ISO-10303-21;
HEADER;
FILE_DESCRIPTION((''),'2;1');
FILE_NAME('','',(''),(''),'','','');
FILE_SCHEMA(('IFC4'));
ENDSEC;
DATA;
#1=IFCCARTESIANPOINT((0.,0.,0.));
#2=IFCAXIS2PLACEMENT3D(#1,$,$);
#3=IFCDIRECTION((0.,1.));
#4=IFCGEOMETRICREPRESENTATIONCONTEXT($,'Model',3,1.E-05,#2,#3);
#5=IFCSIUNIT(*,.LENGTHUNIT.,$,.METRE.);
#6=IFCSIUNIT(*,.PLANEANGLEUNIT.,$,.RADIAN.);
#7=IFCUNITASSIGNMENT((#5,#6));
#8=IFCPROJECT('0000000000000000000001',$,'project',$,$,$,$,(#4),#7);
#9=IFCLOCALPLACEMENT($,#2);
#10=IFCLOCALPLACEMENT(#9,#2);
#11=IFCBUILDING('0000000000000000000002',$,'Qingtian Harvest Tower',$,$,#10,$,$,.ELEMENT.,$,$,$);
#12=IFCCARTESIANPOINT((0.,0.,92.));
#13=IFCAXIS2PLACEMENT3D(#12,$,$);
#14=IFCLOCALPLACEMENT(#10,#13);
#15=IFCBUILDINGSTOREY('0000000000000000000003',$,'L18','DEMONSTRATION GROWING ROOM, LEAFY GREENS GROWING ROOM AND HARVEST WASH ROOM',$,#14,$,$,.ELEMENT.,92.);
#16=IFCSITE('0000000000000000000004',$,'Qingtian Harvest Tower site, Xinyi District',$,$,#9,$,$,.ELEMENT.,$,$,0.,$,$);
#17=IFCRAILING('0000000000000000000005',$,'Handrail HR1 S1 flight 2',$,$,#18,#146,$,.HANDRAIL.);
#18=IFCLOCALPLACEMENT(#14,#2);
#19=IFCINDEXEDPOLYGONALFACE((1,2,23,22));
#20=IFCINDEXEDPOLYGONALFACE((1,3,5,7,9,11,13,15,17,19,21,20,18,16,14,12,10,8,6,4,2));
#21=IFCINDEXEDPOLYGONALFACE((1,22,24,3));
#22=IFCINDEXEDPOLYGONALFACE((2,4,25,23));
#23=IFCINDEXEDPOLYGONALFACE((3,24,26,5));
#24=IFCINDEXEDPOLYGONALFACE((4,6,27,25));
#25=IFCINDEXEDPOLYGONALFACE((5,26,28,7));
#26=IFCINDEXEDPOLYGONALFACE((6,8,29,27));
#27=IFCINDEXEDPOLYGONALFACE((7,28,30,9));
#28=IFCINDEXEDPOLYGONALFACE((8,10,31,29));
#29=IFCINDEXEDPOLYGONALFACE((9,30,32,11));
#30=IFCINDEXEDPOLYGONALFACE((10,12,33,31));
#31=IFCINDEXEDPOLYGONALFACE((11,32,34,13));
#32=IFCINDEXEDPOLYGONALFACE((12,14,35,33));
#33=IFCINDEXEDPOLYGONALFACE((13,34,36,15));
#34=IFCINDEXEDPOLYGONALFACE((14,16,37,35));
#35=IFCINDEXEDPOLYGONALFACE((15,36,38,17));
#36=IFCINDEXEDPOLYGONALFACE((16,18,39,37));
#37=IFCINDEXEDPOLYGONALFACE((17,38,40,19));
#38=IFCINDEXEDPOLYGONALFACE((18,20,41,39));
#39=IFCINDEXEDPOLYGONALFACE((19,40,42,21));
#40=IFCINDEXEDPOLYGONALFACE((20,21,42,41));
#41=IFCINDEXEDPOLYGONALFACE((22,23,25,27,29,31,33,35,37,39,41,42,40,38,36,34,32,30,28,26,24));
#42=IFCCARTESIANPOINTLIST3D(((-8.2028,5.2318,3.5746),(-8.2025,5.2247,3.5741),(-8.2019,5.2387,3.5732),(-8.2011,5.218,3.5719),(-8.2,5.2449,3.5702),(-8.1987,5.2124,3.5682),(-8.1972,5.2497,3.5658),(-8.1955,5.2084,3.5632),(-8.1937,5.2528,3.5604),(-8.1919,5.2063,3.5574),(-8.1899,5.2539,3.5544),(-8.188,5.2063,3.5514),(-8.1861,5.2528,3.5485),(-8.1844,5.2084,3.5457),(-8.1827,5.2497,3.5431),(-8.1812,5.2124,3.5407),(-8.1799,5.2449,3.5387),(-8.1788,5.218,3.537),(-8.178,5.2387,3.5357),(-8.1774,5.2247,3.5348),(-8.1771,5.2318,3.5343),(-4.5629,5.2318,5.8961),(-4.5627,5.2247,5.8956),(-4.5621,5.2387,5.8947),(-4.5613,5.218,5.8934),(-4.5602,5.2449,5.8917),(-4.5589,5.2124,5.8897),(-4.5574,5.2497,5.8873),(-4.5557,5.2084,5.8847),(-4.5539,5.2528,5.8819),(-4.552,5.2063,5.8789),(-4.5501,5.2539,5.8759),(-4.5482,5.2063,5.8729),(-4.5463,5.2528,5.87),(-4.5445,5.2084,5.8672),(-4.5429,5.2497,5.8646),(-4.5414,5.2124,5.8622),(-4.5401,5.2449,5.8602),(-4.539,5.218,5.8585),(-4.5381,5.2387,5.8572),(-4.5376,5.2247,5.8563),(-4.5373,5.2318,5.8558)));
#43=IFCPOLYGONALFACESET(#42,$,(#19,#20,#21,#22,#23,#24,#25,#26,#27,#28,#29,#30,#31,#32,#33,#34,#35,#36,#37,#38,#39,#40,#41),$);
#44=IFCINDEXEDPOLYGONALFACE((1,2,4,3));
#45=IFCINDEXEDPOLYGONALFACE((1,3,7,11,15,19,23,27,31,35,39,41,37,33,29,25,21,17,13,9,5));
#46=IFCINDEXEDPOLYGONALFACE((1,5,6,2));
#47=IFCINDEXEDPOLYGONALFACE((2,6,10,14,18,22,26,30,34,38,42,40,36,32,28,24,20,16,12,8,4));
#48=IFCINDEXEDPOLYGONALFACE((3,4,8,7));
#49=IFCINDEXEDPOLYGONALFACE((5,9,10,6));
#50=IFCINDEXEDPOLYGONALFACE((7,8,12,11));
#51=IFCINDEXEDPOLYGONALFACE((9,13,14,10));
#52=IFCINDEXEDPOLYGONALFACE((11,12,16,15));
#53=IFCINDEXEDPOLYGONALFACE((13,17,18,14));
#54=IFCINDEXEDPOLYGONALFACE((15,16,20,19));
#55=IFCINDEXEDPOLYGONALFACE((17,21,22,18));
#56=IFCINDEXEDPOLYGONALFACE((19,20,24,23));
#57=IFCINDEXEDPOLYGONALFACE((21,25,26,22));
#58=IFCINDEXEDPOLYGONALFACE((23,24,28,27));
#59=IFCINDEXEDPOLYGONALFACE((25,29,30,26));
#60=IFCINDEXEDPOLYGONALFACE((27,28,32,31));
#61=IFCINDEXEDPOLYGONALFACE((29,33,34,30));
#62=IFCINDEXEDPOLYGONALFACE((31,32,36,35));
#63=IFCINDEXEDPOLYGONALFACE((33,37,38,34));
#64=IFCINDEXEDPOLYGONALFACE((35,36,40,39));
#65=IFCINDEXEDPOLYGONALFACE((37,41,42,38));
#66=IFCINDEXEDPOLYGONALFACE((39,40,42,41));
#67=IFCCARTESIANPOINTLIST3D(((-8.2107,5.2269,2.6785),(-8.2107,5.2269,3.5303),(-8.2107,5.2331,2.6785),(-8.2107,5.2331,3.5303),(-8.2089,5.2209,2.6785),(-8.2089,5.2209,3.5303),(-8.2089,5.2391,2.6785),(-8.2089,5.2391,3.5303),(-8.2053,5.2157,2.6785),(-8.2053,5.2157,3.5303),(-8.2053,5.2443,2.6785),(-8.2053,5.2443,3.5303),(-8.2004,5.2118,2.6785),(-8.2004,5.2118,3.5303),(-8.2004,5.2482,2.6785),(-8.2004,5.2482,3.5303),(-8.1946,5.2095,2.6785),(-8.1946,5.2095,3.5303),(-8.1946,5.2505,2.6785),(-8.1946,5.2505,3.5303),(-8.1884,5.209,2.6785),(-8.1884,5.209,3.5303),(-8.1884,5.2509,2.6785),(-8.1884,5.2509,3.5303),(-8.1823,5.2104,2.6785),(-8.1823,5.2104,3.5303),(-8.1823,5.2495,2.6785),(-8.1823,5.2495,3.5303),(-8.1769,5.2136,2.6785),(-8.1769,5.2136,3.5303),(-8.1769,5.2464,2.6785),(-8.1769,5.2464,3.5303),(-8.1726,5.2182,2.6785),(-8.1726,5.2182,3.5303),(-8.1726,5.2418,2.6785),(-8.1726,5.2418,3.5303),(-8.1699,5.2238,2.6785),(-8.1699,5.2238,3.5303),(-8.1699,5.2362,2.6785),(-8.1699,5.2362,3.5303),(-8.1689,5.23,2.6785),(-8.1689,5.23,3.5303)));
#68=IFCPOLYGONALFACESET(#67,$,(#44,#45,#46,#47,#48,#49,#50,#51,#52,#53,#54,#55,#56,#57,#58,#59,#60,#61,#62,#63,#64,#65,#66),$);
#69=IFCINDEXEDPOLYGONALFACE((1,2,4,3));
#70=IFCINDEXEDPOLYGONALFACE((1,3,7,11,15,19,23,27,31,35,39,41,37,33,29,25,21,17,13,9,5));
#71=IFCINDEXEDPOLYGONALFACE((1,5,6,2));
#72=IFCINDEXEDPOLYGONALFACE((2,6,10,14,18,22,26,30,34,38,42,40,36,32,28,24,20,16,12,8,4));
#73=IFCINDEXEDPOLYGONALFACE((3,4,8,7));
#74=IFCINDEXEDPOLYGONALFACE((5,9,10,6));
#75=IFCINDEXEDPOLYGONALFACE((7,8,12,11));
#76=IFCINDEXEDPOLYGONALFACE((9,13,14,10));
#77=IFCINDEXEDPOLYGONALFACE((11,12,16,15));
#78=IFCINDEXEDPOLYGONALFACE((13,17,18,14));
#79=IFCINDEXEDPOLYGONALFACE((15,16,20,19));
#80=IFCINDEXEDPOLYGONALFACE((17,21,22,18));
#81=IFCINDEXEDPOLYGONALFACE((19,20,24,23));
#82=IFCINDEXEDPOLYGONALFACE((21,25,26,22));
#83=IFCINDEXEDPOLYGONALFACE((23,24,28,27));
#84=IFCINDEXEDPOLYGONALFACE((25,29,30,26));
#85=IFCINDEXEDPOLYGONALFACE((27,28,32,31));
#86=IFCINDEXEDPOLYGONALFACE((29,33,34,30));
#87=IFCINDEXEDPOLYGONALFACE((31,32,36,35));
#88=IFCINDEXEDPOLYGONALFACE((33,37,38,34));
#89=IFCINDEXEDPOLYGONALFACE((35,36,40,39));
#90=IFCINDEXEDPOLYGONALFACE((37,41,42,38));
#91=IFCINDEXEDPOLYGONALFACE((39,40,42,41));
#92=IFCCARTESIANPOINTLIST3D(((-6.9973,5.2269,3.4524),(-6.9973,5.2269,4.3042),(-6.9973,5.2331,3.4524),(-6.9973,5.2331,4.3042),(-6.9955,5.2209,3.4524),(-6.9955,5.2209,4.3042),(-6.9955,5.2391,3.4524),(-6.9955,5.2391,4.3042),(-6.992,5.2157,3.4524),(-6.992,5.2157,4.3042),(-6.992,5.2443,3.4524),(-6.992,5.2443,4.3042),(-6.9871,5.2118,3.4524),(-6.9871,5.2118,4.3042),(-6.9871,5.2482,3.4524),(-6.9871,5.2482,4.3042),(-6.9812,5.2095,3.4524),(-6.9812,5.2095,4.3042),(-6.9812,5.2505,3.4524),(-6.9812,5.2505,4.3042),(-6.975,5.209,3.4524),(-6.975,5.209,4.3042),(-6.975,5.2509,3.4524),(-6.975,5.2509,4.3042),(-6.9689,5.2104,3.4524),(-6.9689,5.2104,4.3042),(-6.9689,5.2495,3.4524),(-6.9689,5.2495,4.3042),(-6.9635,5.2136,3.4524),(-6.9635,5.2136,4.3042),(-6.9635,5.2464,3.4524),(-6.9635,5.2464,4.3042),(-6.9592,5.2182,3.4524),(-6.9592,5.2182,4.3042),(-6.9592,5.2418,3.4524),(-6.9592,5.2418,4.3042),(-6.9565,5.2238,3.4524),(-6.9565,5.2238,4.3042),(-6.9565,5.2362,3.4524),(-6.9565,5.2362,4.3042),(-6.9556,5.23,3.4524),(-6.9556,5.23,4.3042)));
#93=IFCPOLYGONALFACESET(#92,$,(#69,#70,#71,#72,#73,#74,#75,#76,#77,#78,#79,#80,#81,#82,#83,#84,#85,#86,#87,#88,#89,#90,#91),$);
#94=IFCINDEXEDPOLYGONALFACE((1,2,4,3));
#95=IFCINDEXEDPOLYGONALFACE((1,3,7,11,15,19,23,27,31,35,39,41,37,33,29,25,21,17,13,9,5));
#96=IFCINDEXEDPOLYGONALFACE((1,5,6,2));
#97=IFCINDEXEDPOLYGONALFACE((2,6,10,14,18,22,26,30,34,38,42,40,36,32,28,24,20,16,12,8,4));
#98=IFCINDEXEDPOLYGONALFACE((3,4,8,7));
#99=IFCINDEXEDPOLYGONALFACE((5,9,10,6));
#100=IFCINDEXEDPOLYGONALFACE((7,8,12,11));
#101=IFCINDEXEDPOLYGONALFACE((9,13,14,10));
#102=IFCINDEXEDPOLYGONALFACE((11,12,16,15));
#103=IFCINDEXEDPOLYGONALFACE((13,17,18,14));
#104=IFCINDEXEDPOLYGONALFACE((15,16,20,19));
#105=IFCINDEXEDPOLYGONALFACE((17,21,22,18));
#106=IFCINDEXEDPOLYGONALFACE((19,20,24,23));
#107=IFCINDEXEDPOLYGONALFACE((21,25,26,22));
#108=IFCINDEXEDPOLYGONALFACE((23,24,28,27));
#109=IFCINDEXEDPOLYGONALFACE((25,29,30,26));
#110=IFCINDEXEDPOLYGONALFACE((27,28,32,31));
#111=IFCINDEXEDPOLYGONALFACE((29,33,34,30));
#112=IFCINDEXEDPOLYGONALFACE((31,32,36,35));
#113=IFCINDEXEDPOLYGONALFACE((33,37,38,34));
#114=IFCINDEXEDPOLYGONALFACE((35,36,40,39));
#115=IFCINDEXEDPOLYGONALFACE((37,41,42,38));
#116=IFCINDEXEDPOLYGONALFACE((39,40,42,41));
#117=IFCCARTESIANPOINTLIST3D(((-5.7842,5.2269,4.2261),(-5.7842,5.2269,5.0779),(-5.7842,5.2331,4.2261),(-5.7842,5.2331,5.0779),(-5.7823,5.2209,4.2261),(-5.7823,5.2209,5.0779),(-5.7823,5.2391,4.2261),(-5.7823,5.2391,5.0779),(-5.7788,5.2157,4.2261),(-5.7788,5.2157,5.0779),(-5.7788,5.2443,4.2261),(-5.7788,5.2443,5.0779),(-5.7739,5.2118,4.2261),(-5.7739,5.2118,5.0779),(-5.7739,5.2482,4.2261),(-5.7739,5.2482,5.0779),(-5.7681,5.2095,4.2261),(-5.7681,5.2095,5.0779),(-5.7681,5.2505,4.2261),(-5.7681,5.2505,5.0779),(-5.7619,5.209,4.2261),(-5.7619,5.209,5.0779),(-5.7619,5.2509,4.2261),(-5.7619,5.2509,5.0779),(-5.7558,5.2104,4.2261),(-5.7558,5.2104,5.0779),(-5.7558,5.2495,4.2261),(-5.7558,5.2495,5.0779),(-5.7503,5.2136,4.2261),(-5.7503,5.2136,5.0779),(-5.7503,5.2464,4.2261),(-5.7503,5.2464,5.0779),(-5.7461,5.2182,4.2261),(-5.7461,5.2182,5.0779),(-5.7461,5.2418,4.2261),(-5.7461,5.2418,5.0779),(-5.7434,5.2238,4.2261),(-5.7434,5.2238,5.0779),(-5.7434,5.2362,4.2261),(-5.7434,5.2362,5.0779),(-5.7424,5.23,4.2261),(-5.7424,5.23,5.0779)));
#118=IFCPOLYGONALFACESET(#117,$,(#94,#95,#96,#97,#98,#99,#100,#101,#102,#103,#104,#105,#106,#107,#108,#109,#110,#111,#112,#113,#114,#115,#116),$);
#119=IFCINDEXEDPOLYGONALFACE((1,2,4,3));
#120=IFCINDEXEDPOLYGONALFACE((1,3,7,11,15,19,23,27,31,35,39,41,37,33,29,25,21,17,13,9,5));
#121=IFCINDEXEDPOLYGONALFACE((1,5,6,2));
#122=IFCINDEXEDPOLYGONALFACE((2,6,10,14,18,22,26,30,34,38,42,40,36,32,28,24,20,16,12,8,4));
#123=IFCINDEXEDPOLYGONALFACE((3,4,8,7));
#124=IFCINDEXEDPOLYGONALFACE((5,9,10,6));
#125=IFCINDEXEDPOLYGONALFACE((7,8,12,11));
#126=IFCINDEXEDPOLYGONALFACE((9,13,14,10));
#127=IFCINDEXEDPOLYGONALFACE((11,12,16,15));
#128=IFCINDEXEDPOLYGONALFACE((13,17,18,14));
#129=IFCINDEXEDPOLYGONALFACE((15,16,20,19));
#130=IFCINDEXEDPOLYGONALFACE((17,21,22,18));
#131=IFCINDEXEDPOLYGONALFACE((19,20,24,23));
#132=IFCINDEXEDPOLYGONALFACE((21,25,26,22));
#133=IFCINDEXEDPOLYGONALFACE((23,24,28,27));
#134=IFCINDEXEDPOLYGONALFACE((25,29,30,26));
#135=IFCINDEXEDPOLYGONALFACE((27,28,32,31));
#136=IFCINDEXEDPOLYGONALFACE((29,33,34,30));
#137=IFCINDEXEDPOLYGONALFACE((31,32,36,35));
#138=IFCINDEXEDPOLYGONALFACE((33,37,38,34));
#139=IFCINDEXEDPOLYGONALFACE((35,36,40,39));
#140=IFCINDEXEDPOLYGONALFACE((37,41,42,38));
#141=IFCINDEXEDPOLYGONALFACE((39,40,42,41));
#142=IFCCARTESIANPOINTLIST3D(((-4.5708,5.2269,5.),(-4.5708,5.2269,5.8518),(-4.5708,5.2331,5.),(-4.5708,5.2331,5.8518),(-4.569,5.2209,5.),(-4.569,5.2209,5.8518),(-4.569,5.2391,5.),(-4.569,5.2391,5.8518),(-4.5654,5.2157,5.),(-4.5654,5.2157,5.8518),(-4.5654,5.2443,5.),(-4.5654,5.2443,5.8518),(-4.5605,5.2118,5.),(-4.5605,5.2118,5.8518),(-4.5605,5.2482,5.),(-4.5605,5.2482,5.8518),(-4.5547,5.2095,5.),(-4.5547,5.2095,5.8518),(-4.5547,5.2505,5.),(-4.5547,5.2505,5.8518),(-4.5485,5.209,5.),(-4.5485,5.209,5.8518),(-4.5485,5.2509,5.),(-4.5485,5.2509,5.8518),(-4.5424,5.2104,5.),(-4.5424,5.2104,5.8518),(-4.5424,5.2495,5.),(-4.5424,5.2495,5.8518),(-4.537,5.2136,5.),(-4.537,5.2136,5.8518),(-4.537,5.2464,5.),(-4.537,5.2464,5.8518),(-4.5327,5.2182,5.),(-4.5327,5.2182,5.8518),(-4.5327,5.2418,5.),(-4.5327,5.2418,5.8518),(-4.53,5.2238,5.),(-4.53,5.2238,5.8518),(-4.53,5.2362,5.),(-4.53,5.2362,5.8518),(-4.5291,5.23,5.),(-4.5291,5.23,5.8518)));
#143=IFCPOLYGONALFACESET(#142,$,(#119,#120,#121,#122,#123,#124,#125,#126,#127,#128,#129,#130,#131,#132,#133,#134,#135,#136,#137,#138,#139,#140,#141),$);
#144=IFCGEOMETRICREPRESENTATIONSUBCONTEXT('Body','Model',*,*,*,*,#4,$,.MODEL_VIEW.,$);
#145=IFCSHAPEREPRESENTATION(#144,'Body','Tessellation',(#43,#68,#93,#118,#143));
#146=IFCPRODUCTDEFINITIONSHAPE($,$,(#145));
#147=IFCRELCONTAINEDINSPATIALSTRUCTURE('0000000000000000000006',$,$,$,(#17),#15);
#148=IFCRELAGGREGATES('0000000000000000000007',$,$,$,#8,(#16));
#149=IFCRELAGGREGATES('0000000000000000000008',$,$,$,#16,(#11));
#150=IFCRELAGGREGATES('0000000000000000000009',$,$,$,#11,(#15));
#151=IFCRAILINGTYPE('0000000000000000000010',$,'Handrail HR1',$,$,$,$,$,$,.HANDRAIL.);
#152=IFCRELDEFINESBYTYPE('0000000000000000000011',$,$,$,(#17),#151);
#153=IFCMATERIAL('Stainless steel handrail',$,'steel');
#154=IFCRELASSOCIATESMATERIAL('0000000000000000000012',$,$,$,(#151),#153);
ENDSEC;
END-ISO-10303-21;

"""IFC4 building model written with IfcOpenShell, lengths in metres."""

from ifc_helpers import new_model, si_unit, direction, frame, origin, origin_2d, place, context, subcontext, project, spatial, circle, extrude, material, type_object, element, save


model = new_model("IFC4")

# Units and contexts
model_context = context("Model", 3, precision=1e-05, world=origin(), true_north=direction((0.0, 1.0)))
body_context = subcontext(model_context, "Body", "Model", "MODEL_VIEW")
ifc_project = project(units=[si_unit("LENGTHUNIT", "METRE"), si_unit("PLANEANGLEUNIT", "RADIAN")], contexts=[model_context])

# Site, building, storey
site_placement = place(None, origin())
site = spatial("IfcSite", under=ifc_project, at=site_placement, Name="Qingtian Harvest Tower site, Xinyi District", CompositionType="ELEMENT", RefElevation=0.0)
building_placement = place(site_placement, origin())
building = spatial("IfcBuilding", under=site, at=building_placement, Name="Qingtian Harvest Tower", CompositionType="ELEMENT")
storey_placement = place(building_placement, frame((0.0, 0.0, 92.0)))
storey = spatial("IfcBuildingStorey", under=building, at=storey_placement, Name="L18", Description="DEMONSTRATION GROWING ROOM, LEAFY GREENS GROWING ROOM AND HARVEST WASH ROOM", CompositionType="ELEMENT", Elevation=92.0)

# Railing
ifc_material_1 = material(Name="Stainless steel handrail", Category="steel")
railing_type = type_object("IfcRailingType", Name="Handrail HR1", PredefinedType="HANDRAIL", material=ifc_material_1)
railing_1_placement = place(storey_placement, frame((-8.1899, 5.23, 2.6785)))
element("IfcRailing", 1, at=railing_1_placement, inside=storey, type_object=railing_type, Name="Handrail HR1 S1 flight 2", PredefinedType="HANDRAIL", context=body_context, shape_type="SweptSolid", body=[
    extrude(circle(Radius=0.0239, at=origin_2d()), frame((0.0, 0.0, 0.876), z_axis=(0.843112, 0.0, 0.537739), x_axis=(0.0, 1.0, 0.0)), (0.0, 0.0, 1.0), 4.3171),
    extrude(circle(Radius=0.021, at=origin_2d()), origin(), (0.0, 0.0, 1.0), 0.8518),
    extrude(circle(Radius=0.021, at=origin_2d()), frame((1.2134, 0.0, 0.7739)), (0.0, 0.0, 1.0), 0.8518),
    extrude(circle(Radius=0.021, at=origin_2d()), frame((2.4265, 0.0, 1.5476)), (0.0, 0.0, 1.0), 0.8518),
    extrude(circle(Radius=0.021, at=origin_2d()), frame((3.6399, 0.0, 2.3215)), (0.0, 0.0, 1.0), 0.8518),
])

save(model, "model.ifc")
